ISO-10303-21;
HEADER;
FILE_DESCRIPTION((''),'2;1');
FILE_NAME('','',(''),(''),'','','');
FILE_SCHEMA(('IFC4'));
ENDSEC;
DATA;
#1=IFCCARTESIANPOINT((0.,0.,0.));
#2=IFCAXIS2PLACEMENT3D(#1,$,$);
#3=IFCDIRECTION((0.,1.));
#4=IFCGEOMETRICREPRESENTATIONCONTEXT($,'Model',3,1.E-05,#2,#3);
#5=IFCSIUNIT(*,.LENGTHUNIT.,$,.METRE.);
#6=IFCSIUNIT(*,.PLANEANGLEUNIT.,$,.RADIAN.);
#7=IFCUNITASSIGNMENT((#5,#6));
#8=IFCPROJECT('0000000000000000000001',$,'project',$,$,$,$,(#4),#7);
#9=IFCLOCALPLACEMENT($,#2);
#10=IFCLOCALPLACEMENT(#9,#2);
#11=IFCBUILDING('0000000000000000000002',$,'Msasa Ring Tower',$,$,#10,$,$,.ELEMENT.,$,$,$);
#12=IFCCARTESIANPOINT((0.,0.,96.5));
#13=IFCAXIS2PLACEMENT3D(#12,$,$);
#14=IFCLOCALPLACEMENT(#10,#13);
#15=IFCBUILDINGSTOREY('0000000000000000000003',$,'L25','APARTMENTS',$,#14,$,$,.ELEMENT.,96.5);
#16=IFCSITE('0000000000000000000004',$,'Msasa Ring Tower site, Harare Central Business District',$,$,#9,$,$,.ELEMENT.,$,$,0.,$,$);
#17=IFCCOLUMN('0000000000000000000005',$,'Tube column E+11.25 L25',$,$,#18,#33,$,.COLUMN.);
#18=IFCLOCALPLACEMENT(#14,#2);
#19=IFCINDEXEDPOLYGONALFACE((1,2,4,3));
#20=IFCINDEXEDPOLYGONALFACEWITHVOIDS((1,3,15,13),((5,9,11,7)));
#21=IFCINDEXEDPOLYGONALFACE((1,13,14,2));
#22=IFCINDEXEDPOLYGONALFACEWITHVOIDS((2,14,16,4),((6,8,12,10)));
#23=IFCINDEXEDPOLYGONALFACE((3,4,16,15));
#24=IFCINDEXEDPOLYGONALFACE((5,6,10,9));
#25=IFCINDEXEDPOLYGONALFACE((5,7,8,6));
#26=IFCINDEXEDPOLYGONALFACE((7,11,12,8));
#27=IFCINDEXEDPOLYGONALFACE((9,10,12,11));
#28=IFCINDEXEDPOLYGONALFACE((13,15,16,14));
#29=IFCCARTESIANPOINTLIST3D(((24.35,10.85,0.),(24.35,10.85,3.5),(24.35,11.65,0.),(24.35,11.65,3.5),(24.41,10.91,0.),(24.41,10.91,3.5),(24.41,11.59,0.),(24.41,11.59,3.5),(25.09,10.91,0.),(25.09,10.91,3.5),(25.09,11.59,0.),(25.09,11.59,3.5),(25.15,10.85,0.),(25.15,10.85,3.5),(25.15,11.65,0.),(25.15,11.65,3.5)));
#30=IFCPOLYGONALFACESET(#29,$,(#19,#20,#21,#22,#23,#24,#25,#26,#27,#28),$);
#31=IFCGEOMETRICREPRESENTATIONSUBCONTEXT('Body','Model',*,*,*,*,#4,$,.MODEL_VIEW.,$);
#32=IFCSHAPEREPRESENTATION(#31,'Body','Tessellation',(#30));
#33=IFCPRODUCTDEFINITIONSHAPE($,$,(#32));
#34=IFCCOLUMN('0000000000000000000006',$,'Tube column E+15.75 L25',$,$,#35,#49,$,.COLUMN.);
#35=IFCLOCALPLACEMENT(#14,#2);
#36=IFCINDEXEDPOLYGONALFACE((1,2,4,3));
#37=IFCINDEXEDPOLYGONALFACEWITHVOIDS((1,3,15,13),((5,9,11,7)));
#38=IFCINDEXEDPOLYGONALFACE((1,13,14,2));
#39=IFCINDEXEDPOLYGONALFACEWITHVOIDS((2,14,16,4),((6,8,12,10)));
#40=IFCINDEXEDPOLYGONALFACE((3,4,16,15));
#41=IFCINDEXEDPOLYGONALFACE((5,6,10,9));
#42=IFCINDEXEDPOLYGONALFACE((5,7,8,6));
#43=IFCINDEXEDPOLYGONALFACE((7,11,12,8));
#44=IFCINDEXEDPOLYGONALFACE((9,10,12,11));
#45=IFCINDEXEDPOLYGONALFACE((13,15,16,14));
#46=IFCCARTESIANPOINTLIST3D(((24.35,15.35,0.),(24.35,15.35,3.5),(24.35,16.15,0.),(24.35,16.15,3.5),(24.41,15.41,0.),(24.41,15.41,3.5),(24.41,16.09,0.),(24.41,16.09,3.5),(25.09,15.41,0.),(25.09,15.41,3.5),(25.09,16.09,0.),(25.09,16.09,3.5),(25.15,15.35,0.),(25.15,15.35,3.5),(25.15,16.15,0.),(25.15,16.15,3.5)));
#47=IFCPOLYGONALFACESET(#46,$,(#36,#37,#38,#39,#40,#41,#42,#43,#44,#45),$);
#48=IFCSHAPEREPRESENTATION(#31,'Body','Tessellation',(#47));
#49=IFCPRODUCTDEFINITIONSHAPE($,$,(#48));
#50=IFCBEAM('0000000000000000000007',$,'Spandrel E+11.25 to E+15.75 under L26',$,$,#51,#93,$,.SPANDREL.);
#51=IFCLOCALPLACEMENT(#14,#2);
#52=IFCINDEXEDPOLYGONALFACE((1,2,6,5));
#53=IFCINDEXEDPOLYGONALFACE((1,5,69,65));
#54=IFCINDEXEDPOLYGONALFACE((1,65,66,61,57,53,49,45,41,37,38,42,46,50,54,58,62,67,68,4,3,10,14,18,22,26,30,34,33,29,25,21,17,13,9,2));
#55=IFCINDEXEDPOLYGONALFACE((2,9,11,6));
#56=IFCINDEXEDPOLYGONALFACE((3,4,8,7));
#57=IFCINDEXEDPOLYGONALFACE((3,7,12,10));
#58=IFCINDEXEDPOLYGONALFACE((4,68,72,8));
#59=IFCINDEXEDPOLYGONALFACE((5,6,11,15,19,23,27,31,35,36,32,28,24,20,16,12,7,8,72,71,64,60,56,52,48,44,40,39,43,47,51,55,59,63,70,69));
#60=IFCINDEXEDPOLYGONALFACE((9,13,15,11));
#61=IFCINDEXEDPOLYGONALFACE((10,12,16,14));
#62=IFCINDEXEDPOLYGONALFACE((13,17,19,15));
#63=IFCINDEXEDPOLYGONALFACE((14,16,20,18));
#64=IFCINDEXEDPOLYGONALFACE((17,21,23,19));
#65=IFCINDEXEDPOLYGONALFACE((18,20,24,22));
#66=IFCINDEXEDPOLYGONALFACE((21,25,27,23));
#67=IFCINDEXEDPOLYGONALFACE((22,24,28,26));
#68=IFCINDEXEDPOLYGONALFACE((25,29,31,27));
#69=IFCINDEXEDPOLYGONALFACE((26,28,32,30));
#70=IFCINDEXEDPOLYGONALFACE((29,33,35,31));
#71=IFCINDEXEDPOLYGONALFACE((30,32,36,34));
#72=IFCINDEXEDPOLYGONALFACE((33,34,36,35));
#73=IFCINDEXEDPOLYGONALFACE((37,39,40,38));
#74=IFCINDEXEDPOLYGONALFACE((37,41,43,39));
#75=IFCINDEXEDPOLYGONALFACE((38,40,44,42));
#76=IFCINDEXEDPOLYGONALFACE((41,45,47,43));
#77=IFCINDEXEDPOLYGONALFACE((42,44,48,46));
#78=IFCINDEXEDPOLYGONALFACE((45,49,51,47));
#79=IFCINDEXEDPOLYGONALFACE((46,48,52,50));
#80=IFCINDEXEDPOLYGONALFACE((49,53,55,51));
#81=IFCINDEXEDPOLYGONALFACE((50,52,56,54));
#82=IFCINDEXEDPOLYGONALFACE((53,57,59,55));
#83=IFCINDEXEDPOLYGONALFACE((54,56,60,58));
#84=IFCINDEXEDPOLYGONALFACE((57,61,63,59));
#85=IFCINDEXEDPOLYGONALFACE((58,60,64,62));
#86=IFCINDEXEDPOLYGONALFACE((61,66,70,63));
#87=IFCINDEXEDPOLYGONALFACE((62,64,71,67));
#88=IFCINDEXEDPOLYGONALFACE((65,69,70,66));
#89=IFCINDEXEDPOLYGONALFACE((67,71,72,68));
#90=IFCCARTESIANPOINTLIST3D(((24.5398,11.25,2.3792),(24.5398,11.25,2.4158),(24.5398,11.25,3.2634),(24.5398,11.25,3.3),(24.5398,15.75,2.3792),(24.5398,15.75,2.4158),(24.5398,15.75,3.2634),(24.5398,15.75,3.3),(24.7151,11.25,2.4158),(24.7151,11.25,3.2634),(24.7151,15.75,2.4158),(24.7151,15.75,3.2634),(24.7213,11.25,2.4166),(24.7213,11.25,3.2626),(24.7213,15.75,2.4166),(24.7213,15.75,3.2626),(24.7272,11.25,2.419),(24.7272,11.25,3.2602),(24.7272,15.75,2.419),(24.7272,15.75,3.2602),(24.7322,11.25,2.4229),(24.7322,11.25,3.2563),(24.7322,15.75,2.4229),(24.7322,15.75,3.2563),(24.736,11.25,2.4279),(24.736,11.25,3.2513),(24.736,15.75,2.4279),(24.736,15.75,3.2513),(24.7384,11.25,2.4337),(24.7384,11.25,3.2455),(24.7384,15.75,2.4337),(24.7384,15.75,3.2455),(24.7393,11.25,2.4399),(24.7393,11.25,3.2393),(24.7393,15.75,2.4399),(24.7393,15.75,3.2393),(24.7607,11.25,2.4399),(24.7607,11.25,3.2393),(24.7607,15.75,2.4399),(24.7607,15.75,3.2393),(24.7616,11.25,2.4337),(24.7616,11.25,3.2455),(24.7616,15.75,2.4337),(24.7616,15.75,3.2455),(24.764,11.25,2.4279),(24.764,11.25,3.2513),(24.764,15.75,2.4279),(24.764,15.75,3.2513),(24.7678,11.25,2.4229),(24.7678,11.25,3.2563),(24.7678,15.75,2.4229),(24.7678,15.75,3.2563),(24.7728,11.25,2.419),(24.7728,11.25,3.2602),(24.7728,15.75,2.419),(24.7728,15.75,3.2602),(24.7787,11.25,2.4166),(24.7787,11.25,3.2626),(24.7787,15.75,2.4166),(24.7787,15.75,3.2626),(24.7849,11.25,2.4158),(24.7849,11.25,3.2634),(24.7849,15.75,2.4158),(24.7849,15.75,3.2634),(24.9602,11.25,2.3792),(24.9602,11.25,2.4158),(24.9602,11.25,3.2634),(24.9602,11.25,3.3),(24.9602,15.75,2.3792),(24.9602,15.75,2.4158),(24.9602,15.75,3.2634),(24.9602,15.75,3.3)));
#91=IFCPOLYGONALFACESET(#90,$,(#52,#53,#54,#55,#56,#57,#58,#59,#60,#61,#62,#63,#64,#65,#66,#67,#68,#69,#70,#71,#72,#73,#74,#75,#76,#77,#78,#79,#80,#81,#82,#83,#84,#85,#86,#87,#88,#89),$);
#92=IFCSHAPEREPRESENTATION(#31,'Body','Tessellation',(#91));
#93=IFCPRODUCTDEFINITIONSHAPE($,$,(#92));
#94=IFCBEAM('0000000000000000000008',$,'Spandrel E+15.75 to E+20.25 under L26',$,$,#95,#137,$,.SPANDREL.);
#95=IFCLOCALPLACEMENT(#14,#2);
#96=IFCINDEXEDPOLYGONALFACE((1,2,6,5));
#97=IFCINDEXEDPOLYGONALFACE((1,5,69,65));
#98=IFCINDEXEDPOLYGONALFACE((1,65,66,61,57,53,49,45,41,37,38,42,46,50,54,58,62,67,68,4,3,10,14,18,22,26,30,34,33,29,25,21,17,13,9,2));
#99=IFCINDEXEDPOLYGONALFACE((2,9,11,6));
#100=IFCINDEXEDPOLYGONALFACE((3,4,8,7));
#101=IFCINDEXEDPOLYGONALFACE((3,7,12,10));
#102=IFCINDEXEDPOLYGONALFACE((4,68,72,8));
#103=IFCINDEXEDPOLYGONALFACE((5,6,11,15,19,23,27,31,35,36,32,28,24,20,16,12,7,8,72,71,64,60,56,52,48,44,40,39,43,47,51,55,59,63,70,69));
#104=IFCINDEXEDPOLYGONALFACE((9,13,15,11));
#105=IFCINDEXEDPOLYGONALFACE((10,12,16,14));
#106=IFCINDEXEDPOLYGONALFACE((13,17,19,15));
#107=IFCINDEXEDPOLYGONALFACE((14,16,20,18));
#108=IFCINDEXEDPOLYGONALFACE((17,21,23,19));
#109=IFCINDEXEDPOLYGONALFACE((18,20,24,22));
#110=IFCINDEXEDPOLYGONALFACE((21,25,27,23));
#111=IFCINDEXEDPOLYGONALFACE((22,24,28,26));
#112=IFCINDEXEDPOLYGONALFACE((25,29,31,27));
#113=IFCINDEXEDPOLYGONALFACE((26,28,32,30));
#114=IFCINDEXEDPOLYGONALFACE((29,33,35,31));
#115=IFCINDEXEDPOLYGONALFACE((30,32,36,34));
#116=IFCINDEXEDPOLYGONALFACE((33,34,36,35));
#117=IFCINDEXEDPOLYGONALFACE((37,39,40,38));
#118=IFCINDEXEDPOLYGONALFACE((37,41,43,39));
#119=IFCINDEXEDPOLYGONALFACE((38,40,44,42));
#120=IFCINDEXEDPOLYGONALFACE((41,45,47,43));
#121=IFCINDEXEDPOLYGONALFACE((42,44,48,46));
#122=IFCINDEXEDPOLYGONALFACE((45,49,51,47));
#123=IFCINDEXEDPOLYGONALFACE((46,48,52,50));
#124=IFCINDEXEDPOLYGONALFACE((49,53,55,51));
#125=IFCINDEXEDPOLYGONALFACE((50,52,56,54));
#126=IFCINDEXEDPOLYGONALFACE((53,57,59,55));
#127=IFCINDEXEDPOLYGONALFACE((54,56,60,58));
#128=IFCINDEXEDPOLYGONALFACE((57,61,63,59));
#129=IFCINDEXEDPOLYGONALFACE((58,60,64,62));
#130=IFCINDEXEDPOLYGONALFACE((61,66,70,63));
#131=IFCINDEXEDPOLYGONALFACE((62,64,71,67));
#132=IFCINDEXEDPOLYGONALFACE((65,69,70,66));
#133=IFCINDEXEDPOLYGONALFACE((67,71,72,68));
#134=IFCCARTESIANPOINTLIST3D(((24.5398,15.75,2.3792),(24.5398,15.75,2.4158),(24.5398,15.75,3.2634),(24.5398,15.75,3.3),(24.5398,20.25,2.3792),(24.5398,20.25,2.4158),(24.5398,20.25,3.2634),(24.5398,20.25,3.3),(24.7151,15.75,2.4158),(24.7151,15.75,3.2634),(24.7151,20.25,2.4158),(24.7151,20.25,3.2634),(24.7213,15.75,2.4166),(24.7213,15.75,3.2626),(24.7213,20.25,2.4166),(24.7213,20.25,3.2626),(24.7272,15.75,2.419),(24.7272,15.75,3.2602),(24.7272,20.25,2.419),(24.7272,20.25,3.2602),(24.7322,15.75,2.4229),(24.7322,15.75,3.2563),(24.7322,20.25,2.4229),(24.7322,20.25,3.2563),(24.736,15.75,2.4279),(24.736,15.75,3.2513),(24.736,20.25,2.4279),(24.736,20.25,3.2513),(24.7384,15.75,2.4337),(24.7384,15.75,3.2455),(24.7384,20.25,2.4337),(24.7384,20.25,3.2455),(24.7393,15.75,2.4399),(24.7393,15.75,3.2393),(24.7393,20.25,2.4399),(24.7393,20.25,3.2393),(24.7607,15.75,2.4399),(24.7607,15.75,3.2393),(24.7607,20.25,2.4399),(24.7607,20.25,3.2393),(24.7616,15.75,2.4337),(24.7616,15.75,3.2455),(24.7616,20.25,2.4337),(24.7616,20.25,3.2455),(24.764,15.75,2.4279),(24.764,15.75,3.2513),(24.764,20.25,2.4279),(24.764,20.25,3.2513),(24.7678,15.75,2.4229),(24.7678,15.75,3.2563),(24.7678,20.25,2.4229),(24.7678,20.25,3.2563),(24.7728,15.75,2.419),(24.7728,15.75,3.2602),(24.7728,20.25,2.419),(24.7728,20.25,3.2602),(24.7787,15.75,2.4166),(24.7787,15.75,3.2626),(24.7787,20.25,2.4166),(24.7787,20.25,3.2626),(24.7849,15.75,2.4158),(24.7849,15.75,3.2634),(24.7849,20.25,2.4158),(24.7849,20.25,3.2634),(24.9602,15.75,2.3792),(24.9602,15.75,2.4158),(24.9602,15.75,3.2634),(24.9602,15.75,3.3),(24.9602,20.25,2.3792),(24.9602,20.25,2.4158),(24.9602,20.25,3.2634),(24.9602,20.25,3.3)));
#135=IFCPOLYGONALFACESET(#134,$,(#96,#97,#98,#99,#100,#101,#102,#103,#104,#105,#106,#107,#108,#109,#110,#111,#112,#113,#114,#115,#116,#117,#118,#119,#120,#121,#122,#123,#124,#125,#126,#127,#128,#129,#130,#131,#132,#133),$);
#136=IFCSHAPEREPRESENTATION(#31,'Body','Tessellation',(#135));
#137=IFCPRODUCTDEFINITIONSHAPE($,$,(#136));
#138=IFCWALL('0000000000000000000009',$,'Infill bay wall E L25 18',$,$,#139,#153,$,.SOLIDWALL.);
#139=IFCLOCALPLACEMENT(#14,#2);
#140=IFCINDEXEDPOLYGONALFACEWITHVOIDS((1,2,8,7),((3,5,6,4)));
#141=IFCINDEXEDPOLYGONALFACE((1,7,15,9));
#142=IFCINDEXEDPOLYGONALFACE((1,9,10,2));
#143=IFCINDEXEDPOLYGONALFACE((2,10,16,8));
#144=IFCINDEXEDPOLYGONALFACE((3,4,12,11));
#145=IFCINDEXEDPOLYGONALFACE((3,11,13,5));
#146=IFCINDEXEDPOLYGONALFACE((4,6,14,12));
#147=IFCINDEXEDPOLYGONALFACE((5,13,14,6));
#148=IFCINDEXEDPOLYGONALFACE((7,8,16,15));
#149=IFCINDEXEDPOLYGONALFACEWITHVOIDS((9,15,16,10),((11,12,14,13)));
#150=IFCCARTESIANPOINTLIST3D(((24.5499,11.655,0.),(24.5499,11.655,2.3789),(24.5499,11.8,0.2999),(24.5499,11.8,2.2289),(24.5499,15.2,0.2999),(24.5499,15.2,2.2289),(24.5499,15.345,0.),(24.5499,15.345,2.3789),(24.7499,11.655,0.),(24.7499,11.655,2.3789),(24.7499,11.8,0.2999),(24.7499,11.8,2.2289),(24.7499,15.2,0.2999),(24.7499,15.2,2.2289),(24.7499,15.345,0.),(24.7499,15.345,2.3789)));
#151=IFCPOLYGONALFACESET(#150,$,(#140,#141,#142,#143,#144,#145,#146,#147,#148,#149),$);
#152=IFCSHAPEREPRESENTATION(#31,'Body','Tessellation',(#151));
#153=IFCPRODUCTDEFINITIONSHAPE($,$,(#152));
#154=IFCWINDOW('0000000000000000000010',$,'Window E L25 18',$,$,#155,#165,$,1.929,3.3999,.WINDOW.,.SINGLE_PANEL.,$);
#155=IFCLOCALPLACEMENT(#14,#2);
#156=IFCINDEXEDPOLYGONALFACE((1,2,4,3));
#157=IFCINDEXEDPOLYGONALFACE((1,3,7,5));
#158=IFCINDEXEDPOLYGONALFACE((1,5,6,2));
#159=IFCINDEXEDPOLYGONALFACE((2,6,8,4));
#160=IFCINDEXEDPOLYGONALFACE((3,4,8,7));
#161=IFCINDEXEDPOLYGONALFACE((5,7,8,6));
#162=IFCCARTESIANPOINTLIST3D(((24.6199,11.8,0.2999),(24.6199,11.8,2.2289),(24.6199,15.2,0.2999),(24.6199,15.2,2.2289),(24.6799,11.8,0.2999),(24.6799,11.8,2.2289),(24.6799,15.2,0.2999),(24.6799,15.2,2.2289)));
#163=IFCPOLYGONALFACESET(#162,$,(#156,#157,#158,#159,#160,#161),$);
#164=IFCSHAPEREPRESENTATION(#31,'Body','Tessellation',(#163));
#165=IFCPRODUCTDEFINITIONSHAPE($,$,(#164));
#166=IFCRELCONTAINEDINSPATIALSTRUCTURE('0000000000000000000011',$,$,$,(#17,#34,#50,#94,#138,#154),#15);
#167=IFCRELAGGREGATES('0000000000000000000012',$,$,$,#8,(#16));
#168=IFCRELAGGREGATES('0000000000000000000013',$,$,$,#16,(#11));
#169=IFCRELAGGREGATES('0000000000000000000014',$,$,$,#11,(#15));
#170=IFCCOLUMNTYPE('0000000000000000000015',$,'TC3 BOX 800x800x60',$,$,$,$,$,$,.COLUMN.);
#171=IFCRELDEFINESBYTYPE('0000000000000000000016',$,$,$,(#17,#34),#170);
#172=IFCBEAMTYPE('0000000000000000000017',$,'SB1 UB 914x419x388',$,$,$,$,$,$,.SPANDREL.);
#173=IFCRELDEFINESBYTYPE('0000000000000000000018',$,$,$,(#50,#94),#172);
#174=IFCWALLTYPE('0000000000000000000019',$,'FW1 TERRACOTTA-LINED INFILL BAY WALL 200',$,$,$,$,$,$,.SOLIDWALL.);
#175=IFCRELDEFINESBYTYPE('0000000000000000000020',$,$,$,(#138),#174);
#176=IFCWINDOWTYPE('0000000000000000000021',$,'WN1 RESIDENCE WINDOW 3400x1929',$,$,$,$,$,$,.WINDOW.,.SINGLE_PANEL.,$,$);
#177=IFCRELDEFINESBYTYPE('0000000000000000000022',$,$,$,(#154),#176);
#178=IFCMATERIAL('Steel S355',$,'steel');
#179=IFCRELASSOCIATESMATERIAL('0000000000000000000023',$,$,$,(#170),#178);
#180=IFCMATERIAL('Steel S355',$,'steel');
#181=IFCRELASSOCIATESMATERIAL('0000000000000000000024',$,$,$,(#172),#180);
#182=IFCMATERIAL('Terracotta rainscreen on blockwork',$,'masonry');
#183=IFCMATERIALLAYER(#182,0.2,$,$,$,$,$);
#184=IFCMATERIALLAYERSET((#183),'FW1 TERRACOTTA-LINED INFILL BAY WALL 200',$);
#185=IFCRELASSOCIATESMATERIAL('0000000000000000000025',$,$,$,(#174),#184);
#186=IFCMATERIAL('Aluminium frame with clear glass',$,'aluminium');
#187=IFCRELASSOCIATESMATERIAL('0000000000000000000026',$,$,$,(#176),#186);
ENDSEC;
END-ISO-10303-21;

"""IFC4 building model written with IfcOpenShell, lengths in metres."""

from ifc_helpers import new_model, si_unit, direction, frame, frame_2d, origin, origin_2d, place, context, subcontext, project, spatial, rectangle, hollow_rectangle, i_section, extrude, material, layer, layer_set, material_profile, profile_set, type_object, element, fill, save


model = new_model("IFC4")

# Units and contexts
model_context = context("Model", 3, precision=1e-05, world=origin(), true_north=direction((0.0, 1.0)))
body_context = subcontext(model_context, "Body", "Model", "MODEL_VIEW")
ifc_project = project(units=[si_unit("LENGTHUNIT", "METRE"), si_unit("PLANEANGLEUNIT", "RADIAN")], contexts=[model_context])

# Site, building, storey
site_placement = place(None, origin())
site = spatial("IfcSite", under=ifc_project, at=site_placement, Name="Msasa Ring Tower site, Harare Central Business District", CompositionType="ELEMENT", RefElevation=0.0)
building_placement = place(site_placement, origin())
building = spatial("IfcBuilding", under=site, at=building_placement, Name="Msasa Ring Tower", CompositionType="ELEMENT")
storey_placement = place(building_placement, frame((0.0, 0.0, 96.5)))
storey = spatial("IfcBuildingStorey", under=building, at=storey_placement, Name="L25", Description="APARTMENTS", CompositionType="ELEMENT", Elevation=96.5)

# Columns
ifc_material_1 = material(Name="Steel S355", Category="steel")
ifc_material_profile_1 = material_profile(ifc_material_1, hollow_rectangle(XDim=0.8, YDim=0.8, WallThickness=0.0601, at=origin_2d()), Name="BOX 800x800x60")
ifc_profile_set_1 = profile_set([ifc_material_profile_1], Name="Steel S355")
column_type = type_object("IfcColumnType", Name="TC3 BOX 800x800x60", PredefinedType="COLUMN", material=ifc_profile_set_1)
for number, where, z_axis, x_axis, name in (
    (1, (24.75, 11.25, 0.0), (0.0, 0.0, 1.0), (1.0, 0.0, 0.0), "Tube column E+11.25 L25"),
    (2, (24.75, 15.75, 0.0), (0.0, 0.0, 1.0), (1.0, 0.0, 0.0), "Tube column E+15.75 L25"),
):
    element("IfcColumn", number, at=place(storey_placement, frame(where, z_axis=z_axis, x_axis=x_axis)), inside=storey, type_object=column_type, Name=name, PredefinedType="COLUMN", context=body_context, shape_type="SweptSolid", body=[
        extrude(hollow_rectangle(XDim=0.8, YDim=0.8, WallThickness=0.0601, at=origin_2d()), origin(), (0.0, 0.0, 1.0), 3.5),
    ])

# Beams
ifc_material_2 = material(Name="Steel S355", Category="steel")
ifc_material_profile_2 = material_profile(ifc_material_2, i_section(OverallWidth=0.4204, OverallDepth=0.9209, WebThickness=0.0215, FlangeThickness=0.0366, FilletRadius=0.0242, at=origin_2d()), Name="UB 914x419x388")
ifc_profile_set_2 = profile_set([ifc_material_profile_2], Name="Steel S355")
beam_type = type_object("IfcBeamType", Name="SB1 UB 914x419x388", PredefinedType="SPANDREL", material=ifc_profile_set_2)
for number, where, z_axis, x_axis, name in (
    (3, (24.75, 11.25, 2.8396), (0.0, 1.0, 0.0), (-1.0, 0.0, 0.0), "Spandrel E+11.25 to E+15.75 under L26"),
    (4, (24.75, 15.75, 2.8396), (0.0, 1.0, 0.0), (-1.0, 0.0, 0.0), "Spandrel E+15.75 to E+20.25 under L26"),
):
    element("IfcBeam", number, at=place(storey_placement, frame(where, z_axis=z_axis, x_axis=x_axis)), inside=storey, type_object=beam_type, Name=name, PredefinedType="SPANDREL", context=body_context, shape_type="SweptSolid", body=[
        extrude(i_section(OverallWidth=0.4204, OverallDepth=0.9209, WebThickness=0.0215, FlangeThickness=0.0366, FilletRadius=0.0242, at=origin_2d()), origin(), (0.0, 0.0, 1.0), 4.5),
    ])

# Wall, opening, window
ifc_material_3 = material(Name="Terracotta rainscreen on blockwork", Category="masonry")
ifc_layer_1 = layer(ifc_material_3, 0.2)
ifc_layer_set_1 = layer_set([ifc_layer_1], Name="FW1 TERRACOTTA-LINED INFILL BAY WALL 200")
wall_type_1 = type_object("IfcWallType", Name="FW1 TERRACOTTA-LINED INFILL BAY WALL 200", PredefinedType="SOLIDWALL", material=ifc_layer_set_1)
wall_1_placement = place(storey_placement, frame((24.6499, 11.655, 0.0), z_axis=(0.0, 0.0, 1.0), x_axis=(0.0, 1.0, 0.0)))
wall_1 = element("IfcWall", 5, at=wall_1_placement, inside=storey, type_object=wall_type_1, Name="Infill bay wall E L25 18", PredefinedType="SOLIDWALL", context=body_context, shape_type="SweptSolid", body=[
    extrude(rectangle(XDim=3.6899, YDim=0.2, at=frame_2d((1.845, 0.0))), origin(), (0.0, 0.0, 1.0), 2.3789),
])
opening_1_placement = place(wall_1_placement, frame((0.145, 0.0, 0.3)))
opening_1 = element("IfcOpeningElement", 6, at=opening_1_placement, cuts=wall_1, PredefinedType="OPENING", context=body_context, shape_type="SweptSolid", body=[
    extrude(rectangle(XDim=3.3999, YDim=1.929, at=frame_2d((1.7, 0.9644))), frame((0.0, 0.1099, 0.0), z_axis=(0.0, -1.0, 0.0), x_axis=(1.0, 0.0, 0.0)), (0.0, 0.0, 1.0), 0.22),
])
ifc_material_4 = material(Name="Aluminium frame with clear glass", Category="aluminium")
window_type = type_object("IfcWindowType", Name="WN1 RESIDENCE WINDOW 3400x1929", PartitioningType="SINGLE_PANEL", PredefinedType="WINDOW", material=ifc_material_4)
window_1_placement = place(opening_1_placement, origin())
window_1 = element("IfcWindow", 7, at=window_1_placement, inside=storey, type_object=window_type, Name="Window E L25 18", OverallHeight=1.929, OverallWidth=3.3999, PartitioningType="SINGLE_PANEL", PredefinedType="WINDOW", context=body_context, shape_type="SweptSolid", body=[
    extrude(rectangle(XDim=3.3999, YDim=1.929, at=frame_2d((1.7, 0.9644))), frame((0.0, 0.03, 0.0), z_axis=(0.0, -1.0, 0.0), x_axis=(1.0, 0.0, 0.0)), (0.0, 0.0, 1.0), 0.0601),
])
fill(opening_1, window_1)

save(model, "model.ifc")
